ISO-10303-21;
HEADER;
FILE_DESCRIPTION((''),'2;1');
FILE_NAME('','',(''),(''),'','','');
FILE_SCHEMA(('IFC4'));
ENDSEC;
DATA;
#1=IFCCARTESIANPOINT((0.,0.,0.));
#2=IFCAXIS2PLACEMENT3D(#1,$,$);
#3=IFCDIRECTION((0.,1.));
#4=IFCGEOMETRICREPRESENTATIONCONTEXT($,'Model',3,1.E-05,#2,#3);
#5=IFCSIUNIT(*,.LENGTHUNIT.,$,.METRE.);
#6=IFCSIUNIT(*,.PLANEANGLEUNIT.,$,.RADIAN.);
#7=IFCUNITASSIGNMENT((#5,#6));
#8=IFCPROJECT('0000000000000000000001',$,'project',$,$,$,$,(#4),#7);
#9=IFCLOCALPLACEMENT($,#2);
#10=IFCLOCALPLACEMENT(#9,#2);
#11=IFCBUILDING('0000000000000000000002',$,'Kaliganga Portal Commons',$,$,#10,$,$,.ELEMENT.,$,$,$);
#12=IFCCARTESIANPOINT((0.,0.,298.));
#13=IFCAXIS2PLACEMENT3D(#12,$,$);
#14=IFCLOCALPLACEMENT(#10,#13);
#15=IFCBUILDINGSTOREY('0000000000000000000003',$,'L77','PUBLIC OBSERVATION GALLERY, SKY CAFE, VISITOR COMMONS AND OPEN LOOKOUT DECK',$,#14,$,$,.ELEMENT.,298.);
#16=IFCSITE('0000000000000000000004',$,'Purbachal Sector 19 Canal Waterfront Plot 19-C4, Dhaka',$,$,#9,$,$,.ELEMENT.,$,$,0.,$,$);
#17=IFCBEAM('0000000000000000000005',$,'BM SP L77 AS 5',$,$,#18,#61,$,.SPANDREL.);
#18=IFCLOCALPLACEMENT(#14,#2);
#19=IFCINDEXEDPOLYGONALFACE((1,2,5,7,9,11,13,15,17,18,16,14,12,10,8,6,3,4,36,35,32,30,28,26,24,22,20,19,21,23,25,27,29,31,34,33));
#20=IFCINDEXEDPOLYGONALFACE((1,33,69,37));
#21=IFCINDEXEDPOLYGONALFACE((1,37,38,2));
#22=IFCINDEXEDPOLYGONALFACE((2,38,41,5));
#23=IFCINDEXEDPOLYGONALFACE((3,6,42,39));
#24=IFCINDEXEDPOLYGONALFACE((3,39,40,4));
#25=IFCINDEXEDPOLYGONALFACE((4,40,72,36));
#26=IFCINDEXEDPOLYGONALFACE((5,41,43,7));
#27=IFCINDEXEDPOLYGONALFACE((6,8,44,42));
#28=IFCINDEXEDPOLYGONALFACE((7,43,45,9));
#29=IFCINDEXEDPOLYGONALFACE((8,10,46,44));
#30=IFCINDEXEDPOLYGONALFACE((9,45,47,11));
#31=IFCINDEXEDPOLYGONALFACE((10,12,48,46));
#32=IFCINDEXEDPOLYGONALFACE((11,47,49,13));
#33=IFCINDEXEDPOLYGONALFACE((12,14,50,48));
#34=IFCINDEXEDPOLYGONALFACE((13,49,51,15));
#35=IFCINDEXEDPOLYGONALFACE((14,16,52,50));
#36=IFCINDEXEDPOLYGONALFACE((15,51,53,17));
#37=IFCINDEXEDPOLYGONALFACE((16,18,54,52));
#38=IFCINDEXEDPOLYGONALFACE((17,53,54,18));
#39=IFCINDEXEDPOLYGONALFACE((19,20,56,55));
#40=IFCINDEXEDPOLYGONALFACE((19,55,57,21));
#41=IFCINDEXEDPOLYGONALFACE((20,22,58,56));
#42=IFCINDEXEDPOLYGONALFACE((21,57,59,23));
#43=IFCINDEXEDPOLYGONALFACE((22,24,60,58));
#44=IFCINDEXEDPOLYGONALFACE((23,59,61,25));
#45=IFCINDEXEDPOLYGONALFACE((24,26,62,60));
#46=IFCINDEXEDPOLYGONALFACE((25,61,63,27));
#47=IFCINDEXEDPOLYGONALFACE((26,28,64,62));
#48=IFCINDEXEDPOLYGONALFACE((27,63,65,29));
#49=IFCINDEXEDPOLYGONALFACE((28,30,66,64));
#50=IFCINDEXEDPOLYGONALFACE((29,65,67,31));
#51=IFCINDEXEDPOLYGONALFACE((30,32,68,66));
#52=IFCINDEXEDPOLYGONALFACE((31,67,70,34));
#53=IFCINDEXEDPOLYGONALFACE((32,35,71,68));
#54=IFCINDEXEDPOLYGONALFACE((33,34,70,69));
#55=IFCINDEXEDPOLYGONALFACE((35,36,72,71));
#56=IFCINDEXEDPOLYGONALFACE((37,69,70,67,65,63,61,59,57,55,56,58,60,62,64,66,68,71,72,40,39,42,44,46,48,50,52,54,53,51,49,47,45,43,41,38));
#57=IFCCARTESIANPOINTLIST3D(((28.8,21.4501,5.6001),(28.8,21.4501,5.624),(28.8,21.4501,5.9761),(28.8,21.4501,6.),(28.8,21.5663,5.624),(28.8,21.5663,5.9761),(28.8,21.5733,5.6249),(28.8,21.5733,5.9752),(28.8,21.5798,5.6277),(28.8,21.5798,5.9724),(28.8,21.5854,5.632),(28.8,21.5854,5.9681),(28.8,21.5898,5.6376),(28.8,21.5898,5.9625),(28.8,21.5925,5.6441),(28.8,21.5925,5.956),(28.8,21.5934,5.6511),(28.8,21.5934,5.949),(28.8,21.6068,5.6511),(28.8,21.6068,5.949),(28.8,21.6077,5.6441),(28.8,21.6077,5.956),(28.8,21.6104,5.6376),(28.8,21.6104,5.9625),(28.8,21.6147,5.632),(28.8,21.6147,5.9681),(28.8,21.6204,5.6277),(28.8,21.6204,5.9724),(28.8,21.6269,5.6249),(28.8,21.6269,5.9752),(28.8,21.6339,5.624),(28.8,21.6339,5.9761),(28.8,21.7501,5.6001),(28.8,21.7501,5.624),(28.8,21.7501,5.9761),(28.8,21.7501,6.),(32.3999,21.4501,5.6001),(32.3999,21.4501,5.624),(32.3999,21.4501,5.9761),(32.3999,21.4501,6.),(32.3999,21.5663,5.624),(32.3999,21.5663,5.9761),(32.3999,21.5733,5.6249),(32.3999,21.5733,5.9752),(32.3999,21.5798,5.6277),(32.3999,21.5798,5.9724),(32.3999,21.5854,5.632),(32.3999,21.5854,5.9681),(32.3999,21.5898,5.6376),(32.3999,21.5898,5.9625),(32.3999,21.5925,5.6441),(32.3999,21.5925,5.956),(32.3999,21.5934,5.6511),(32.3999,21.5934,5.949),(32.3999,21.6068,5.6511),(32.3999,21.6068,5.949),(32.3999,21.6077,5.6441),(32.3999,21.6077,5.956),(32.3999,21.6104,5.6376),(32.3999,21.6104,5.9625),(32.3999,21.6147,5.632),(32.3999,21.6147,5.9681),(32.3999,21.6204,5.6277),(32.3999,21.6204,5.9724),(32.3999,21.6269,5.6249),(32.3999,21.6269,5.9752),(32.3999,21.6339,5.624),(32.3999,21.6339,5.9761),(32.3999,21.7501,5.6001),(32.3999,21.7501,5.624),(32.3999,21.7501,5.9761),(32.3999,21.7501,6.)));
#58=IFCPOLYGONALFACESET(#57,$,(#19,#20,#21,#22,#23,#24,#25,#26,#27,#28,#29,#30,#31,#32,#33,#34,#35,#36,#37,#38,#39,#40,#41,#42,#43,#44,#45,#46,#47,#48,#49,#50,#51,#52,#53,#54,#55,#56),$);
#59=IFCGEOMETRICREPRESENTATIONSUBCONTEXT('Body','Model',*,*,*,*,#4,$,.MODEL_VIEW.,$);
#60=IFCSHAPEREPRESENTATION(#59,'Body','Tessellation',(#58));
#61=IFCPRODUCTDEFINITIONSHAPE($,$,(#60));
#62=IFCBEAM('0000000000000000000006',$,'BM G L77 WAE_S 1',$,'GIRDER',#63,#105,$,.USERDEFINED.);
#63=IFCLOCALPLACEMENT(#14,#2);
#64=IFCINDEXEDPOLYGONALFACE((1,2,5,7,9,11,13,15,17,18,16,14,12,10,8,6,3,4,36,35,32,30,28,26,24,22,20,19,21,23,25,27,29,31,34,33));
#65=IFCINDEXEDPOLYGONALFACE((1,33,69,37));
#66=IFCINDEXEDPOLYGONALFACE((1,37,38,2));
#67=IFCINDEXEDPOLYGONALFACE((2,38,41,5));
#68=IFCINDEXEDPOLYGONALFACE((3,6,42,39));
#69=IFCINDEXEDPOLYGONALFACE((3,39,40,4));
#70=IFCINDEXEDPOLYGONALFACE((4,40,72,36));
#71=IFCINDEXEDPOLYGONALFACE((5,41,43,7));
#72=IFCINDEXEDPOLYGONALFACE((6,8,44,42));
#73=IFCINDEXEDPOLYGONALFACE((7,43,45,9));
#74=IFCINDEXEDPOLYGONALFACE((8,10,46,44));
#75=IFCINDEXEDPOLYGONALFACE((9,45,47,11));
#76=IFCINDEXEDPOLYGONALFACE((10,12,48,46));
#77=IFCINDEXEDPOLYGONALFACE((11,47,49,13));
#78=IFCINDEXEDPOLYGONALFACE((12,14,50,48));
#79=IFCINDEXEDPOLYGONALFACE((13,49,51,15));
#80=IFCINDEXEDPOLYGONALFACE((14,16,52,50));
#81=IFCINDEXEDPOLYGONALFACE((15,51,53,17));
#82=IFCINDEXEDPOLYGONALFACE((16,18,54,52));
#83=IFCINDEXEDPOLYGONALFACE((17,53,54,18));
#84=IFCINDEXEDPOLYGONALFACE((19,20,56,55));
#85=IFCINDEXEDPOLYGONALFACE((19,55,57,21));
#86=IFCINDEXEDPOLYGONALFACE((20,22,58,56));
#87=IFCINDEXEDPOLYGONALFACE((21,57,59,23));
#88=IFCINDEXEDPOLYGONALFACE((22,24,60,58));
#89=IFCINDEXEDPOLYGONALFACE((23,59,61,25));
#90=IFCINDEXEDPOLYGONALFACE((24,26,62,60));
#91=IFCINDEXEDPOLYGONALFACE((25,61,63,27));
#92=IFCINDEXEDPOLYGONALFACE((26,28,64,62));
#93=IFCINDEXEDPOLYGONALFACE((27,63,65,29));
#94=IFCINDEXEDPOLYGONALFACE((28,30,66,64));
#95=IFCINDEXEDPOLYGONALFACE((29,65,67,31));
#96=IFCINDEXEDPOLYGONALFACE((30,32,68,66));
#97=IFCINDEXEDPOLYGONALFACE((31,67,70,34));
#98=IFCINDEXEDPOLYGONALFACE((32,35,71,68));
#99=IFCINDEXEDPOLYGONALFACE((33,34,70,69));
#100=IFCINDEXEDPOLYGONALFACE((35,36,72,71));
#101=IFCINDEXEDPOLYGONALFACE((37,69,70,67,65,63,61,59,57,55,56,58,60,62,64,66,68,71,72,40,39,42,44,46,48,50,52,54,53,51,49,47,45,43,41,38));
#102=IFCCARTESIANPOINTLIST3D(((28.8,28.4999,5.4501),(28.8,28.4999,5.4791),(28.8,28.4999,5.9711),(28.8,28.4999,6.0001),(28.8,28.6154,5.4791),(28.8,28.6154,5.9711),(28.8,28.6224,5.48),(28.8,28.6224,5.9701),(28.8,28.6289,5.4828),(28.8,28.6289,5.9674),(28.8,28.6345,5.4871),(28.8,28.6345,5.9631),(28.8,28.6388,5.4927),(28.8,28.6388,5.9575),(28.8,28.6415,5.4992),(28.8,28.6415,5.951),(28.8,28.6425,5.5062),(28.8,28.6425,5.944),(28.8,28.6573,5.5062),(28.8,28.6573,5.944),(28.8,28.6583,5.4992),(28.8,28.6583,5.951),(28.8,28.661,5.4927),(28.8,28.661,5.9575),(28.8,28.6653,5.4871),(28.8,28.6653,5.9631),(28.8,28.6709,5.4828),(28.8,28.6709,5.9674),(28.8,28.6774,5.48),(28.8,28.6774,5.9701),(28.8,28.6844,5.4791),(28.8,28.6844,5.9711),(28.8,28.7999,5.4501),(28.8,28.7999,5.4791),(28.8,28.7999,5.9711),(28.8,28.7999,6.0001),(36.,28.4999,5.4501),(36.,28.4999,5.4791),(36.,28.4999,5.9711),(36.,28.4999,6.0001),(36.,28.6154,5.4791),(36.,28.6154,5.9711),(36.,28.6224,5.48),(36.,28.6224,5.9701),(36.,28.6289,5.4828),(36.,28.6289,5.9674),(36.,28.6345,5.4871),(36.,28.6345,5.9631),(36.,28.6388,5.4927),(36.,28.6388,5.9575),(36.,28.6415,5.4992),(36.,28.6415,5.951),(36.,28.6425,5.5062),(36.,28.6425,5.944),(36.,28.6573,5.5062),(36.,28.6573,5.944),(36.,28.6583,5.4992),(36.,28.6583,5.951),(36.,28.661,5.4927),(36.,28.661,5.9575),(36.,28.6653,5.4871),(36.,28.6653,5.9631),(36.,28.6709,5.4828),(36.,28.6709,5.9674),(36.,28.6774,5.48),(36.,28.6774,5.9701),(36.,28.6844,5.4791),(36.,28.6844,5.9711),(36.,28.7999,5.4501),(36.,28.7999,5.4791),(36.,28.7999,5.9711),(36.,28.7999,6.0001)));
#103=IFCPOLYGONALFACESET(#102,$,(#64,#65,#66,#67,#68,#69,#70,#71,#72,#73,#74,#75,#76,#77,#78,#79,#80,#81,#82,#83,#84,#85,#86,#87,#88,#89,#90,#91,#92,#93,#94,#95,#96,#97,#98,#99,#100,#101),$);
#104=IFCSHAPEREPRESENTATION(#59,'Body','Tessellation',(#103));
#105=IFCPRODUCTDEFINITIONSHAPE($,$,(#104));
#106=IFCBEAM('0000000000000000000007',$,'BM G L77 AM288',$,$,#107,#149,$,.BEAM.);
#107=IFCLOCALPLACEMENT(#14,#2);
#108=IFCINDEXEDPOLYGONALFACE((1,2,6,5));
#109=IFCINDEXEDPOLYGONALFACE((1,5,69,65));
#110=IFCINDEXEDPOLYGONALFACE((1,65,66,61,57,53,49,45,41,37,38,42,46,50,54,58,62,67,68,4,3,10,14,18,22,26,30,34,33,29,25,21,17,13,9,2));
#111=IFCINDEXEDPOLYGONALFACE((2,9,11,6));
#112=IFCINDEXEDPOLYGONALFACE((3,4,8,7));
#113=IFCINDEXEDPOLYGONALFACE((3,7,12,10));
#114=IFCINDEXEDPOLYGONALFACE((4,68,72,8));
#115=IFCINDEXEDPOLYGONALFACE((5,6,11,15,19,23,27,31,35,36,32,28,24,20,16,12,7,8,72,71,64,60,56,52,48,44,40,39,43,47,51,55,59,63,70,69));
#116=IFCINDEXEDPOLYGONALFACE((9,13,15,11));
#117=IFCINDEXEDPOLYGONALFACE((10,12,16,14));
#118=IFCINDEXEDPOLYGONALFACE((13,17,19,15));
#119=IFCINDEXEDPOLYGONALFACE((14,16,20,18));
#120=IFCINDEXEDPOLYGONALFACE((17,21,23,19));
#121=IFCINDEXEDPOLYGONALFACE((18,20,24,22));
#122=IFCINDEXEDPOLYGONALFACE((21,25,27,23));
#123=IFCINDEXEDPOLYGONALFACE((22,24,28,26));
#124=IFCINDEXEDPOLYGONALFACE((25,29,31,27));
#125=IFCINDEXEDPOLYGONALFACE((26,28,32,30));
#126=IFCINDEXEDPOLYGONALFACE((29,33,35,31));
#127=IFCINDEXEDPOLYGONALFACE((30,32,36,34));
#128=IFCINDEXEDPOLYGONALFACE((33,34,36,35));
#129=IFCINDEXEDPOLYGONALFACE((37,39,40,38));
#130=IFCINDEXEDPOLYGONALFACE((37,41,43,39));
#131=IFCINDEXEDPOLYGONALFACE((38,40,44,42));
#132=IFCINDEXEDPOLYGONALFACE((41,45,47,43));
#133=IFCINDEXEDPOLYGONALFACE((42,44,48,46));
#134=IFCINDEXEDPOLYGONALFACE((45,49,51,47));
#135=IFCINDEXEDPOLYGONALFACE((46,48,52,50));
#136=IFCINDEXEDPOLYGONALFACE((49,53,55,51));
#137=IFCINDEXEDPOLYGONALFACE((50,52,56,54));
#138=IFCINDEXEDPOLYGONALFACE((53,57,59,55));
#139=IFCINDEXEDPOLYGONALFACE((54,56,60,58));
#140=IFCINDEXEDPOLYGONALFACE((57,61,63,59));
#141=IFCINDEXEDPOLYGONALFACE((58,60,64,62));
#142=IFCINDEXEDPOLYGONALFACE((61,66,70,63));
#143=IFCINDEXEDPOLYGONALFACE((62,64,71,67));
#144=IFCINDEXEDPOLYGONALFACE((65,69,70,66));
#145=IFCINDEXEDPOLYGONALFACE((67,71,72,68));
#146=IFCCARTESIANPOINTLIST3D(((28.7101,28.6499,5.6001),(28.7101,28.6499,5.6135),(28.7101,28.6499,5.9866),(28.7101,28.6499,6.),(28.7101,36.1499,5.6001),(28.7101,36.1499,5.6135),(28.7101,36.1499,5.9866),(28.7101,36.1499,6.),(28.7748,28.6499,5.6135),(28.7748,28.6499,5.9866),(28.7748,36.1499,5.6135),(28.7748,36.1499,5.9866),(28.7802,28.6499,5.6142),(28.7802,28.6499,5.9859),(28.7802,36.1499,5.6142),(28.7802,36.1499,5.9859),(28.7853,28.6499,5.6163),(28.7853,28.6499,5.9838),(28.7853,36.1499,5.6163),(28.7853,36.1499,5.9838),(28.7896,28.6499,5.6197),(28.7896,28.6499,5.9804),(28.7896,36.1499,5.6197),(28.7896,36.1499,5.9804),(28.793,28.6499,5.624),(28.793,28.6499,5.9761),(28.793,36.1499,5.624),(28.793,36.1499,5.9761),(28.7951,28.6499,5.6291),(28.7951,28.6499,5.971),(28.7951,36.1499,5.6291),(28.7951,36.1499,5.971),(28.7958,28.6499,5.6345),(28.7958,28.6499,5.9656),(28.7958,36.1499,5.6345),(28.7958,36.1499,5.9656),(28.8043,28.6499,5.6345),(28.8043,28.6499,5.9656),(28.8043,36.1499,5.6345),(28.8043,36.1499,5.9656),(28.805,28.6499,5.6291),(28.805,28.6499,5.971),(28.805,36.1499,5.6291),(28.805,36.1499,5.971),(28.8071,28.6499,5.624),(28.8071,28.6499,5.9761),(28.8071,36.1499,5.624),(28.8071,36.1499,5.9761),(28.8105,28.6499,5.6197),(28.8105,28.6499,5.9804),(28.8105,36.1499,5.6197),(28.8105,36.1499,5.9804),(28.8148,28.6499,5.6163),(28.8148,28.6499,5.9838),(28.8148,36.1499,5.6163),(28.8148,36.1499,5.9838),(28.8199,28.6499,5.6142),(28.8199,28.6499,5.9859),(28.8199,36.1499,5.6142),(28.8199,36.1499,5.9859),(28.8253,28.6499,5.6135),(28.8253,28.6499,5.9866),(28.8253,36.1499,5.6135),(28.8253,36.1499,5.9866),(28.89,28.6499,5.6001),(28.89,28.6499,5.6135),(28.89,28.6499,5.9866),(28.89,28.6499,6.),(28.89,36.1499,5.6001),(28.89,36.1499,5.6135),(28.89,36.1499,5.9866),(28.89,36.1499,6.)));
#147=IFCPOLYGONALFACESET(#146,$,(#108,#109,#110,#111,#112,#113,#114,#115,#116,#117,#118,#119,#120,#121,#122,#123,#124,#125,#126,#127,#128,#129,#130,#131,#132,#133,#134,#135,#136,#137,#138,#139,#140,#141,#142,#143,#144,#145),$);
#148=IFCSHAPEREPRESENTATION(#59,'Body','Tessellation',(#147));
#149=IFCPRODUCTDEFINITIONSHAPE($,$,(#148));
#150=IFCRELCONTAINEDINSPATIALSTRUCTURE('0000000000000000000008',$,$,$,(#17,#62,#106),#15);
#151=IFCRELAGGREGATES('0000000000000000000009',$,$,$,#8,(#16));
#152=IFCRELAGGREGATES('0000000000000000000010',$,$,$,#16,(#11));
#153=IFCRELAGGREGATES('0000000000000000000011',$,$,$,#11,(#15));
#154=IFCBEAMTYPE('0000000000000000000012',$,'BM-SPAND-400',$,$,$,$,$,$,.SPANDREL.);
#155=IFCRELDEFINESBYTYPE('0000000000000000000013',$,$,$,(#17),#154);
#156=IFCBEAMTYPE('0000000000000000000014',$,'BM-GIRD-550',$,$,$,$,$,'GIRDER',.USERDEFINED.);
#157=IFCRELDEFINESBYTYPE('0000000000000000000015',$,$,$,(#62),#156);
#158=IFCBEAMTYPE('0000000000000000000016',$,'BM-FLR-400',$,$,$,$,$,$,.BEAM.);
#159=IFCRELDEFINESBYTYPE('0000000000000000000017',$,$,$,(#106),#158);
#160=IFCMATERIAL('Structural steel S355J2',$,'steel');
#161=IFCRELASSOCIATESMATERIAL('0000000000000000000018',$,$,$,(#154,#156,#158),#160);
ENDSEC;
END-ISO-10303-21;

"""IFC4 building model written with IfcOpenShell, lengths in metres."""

from ifc_helpers import new_model, si_unit, direction, frame, origin, origin_2d, place, context, subcontext, project, spatial, i_section, extrude, source, transform, mapped, material, material_profile, profile_set, type_object, element, save


model = new_model("IFC4")

# Units and contexts
model_context = context("Model", 3, precision=1e-05, world=origin(), true_north=direction((0.0, 1.0)))
body_context = subcontext(model_context, "Body", "Model", "MODEL_VIEW")
ifc_project = project(units=[si_unit("LENGTHUNIT", "METRE"), si_unit("PLANEANGLEUNIT", "RADIAN")], contexts=[model_context])

# Site, building, storey
site_placement = place(None, origin())
site = spatial("IfcSite", under=ifc_project, at=site_placement, Name="Purbachal Sector 19 Canal Waterfront Plot 19-C4, Dhaka", CompositionType="ELEMENT", RefElevation=0.0)
building_placement = place(site_placement, origin())
building = spatial("IfcBuilding", under=site, at=building_placement, Name="Kaliganga Portal Commons", CompositionType="ELEMENT")
storey_placement = place(building_placement, frame((0.0, 0.0, 298.0)))
storey = spatial("IfcBuildingStorey", under=building, at=storey_placement, Name="L77", Description="PUBLIC OBSERVATION GALLERY, SKY CAFE, VISITOR COMMONS AND OPEN LOOKOUT DECK", CompositionType="ELEMENT", Elevation=298.0)

# Beams
ifc_material_1 = material(Name="Structural steel S355J2", Category="steel")
ifc_material_profile_1 = material_profile(ifc_material_1, i_section(OverallWidth=0.3, OverallDepth=0.3999, WebThickness=0.0134, FlangeThickness=0.0239, FilletRadius=0.0271, at=origin_2d()), Name="HE 400 B")
ifc_profile_set_1 = profile_set([ifc_material_profile_1], Name="Structural steel S355J2 wide-flange")
beam_type_1 = type_object("IfcBeamType", Name="BM-SPAND-400", PredefinedType="SPANDREL", material=ifc_profile_set_1)
shared_shape_1 = source(origin(), body_context, "Body", "SweptSolid", [
    extrude(i_section(OverallWidth=0.3, OverallDepth=0.3999, WebThickness=0.0134, FlangeThickness=0.0239, FilletRadius=0.0271, at=origin_2d()), origin(), (0.0, 0.0, 1.0), 3.5999),
])
beam_1_placement = place(storey_placement, frame((28.8, 21.6001, 5.8), z_axis=(1.0, 0.0, 0.0), x_axis=(0.0, 1.0, 0.0)))
element("IfcBeam", 1, at=beam_1_placement, inside=storey, type_object=beam_type_1, Name="BM SP L77 AS 5", PredefinedType="SPANDREL", context=body_context, shape_type="MappedRepresentation", body=[
    mapped(shared_shape_1, transform((0.0, 0.0, 0.0), x_axis=(1.0, 0.0, 0.0), y_axis=(0.0, 1.0, 0.0), z_axis=(0.0, 0.0, 1.0), scale=1.0)),
])
ifc_material_profile_2 = material_profile(ifc_material_1, i_section(OverallWidth=0.3, OverallDepth=0.55, WebThickness=0.0149, FlangeThickness=0.0291, FilletRadius=0.0271, at=origin_2d()), Name="HE 550 B")
ifc_profile_set_2 = profile_set([ifc_material_profile_2], Name="Structural steel S355J2 wide-flange")
beam_type_2 = type_object("IfcBeamType", Name="BM-GIRD-550", ElementType="GIRDER", PredefinedType="USERDEFINED", material=ifc_profile_set_2)
shared_shape_2 = source(origin(), body_context, "Body", "SweptSolid", [
    extrude(i_section(OverallWidth=0.3, OverallDepth=0.55, WebThickness=0.0149, FlangeThickness=0.0291, FilletRadius=0.0271, at=origin_2d()), origin(), (0.0, 0.0, 1.0), 7.2),
])
beam_2_placement = place(storey_placement, frame((28.8, 28.6499, 5.7251), z_axis=(1.0, 0.0, 0.0), x_axis=(0.0, 1.0, 0.0)))
element("IfcBeam", 2, at=beam_2_placement, inside=storey, type_object=beam_type_2, Name="BM G L77 WAE_S 1", ObjectType="GIRDER", PredefinedType="USERDEFINED", context=body_context, shape_type="MappedRepresentation", body=[
    mapped(shared_shape_2, transform((0.0, 0.0, 0.0), x_axis=(1.0, 0.0, 0.0), y_axis=(0.0, 1.0, 0.0), z_axis=(0.0, 0.0, 1.0), scale=1.0)),
])
ifc_material_profile_3 = material_profile(ifc_material_1, i_section(OverallWidth=0.1799, OverallDepth=0.3999, WebThickness=0.0085, FlangeThickness=0.0134, FilletRadius=0.021, at=origin_2d()), Name="IPE 400")
ifc_profile_set_3 = profile_set([ifc_material_profile_3], Name="Structural steel S355J2 wide-flange")
beam_type_3 = type_object("IfcBeamType", Name="BM-FLR-400", PredefinedType="BEAM", material=ifc_profile_set_3)
shared_shape_3 = source(origin(), body_context, "Body", "SweptSolid", [
    extrude(i_section(OverallWidth=0.1799, OverallDepth=0.3999, WebThickness=0.0085, FlangeThickness=0.0134, FilletRadius=0.021, at=origin_2d()), origin(), (0.0, 0.0, 1.0), 7.5),
])
beam_3_placement = place(storey_placement, frame((28.8, 28.6499, 5.8), z_axis=(0.0, 1.0, 0.0), x_axis=(-1.0, 0.0, 0.0)))
element("IfcBeam", 3, at=beam_3_placement, inside=storey, type_object=beam_type_3, Name="BM G L77 AM288", PredefinedType="BEAM", context=body_context, shape_type="MappedRepresentation", body=[
    mapped(shared_shape_3, transform((0.0, 0.0, 0.0), x_axis=(1.0, 0.0, 0.0), y_axis=(0.0, 1.0, 0.0), z_axis=(0.0, 0.0, 1.0), scale=1.0)),
])

save(model, "model.ifc")
